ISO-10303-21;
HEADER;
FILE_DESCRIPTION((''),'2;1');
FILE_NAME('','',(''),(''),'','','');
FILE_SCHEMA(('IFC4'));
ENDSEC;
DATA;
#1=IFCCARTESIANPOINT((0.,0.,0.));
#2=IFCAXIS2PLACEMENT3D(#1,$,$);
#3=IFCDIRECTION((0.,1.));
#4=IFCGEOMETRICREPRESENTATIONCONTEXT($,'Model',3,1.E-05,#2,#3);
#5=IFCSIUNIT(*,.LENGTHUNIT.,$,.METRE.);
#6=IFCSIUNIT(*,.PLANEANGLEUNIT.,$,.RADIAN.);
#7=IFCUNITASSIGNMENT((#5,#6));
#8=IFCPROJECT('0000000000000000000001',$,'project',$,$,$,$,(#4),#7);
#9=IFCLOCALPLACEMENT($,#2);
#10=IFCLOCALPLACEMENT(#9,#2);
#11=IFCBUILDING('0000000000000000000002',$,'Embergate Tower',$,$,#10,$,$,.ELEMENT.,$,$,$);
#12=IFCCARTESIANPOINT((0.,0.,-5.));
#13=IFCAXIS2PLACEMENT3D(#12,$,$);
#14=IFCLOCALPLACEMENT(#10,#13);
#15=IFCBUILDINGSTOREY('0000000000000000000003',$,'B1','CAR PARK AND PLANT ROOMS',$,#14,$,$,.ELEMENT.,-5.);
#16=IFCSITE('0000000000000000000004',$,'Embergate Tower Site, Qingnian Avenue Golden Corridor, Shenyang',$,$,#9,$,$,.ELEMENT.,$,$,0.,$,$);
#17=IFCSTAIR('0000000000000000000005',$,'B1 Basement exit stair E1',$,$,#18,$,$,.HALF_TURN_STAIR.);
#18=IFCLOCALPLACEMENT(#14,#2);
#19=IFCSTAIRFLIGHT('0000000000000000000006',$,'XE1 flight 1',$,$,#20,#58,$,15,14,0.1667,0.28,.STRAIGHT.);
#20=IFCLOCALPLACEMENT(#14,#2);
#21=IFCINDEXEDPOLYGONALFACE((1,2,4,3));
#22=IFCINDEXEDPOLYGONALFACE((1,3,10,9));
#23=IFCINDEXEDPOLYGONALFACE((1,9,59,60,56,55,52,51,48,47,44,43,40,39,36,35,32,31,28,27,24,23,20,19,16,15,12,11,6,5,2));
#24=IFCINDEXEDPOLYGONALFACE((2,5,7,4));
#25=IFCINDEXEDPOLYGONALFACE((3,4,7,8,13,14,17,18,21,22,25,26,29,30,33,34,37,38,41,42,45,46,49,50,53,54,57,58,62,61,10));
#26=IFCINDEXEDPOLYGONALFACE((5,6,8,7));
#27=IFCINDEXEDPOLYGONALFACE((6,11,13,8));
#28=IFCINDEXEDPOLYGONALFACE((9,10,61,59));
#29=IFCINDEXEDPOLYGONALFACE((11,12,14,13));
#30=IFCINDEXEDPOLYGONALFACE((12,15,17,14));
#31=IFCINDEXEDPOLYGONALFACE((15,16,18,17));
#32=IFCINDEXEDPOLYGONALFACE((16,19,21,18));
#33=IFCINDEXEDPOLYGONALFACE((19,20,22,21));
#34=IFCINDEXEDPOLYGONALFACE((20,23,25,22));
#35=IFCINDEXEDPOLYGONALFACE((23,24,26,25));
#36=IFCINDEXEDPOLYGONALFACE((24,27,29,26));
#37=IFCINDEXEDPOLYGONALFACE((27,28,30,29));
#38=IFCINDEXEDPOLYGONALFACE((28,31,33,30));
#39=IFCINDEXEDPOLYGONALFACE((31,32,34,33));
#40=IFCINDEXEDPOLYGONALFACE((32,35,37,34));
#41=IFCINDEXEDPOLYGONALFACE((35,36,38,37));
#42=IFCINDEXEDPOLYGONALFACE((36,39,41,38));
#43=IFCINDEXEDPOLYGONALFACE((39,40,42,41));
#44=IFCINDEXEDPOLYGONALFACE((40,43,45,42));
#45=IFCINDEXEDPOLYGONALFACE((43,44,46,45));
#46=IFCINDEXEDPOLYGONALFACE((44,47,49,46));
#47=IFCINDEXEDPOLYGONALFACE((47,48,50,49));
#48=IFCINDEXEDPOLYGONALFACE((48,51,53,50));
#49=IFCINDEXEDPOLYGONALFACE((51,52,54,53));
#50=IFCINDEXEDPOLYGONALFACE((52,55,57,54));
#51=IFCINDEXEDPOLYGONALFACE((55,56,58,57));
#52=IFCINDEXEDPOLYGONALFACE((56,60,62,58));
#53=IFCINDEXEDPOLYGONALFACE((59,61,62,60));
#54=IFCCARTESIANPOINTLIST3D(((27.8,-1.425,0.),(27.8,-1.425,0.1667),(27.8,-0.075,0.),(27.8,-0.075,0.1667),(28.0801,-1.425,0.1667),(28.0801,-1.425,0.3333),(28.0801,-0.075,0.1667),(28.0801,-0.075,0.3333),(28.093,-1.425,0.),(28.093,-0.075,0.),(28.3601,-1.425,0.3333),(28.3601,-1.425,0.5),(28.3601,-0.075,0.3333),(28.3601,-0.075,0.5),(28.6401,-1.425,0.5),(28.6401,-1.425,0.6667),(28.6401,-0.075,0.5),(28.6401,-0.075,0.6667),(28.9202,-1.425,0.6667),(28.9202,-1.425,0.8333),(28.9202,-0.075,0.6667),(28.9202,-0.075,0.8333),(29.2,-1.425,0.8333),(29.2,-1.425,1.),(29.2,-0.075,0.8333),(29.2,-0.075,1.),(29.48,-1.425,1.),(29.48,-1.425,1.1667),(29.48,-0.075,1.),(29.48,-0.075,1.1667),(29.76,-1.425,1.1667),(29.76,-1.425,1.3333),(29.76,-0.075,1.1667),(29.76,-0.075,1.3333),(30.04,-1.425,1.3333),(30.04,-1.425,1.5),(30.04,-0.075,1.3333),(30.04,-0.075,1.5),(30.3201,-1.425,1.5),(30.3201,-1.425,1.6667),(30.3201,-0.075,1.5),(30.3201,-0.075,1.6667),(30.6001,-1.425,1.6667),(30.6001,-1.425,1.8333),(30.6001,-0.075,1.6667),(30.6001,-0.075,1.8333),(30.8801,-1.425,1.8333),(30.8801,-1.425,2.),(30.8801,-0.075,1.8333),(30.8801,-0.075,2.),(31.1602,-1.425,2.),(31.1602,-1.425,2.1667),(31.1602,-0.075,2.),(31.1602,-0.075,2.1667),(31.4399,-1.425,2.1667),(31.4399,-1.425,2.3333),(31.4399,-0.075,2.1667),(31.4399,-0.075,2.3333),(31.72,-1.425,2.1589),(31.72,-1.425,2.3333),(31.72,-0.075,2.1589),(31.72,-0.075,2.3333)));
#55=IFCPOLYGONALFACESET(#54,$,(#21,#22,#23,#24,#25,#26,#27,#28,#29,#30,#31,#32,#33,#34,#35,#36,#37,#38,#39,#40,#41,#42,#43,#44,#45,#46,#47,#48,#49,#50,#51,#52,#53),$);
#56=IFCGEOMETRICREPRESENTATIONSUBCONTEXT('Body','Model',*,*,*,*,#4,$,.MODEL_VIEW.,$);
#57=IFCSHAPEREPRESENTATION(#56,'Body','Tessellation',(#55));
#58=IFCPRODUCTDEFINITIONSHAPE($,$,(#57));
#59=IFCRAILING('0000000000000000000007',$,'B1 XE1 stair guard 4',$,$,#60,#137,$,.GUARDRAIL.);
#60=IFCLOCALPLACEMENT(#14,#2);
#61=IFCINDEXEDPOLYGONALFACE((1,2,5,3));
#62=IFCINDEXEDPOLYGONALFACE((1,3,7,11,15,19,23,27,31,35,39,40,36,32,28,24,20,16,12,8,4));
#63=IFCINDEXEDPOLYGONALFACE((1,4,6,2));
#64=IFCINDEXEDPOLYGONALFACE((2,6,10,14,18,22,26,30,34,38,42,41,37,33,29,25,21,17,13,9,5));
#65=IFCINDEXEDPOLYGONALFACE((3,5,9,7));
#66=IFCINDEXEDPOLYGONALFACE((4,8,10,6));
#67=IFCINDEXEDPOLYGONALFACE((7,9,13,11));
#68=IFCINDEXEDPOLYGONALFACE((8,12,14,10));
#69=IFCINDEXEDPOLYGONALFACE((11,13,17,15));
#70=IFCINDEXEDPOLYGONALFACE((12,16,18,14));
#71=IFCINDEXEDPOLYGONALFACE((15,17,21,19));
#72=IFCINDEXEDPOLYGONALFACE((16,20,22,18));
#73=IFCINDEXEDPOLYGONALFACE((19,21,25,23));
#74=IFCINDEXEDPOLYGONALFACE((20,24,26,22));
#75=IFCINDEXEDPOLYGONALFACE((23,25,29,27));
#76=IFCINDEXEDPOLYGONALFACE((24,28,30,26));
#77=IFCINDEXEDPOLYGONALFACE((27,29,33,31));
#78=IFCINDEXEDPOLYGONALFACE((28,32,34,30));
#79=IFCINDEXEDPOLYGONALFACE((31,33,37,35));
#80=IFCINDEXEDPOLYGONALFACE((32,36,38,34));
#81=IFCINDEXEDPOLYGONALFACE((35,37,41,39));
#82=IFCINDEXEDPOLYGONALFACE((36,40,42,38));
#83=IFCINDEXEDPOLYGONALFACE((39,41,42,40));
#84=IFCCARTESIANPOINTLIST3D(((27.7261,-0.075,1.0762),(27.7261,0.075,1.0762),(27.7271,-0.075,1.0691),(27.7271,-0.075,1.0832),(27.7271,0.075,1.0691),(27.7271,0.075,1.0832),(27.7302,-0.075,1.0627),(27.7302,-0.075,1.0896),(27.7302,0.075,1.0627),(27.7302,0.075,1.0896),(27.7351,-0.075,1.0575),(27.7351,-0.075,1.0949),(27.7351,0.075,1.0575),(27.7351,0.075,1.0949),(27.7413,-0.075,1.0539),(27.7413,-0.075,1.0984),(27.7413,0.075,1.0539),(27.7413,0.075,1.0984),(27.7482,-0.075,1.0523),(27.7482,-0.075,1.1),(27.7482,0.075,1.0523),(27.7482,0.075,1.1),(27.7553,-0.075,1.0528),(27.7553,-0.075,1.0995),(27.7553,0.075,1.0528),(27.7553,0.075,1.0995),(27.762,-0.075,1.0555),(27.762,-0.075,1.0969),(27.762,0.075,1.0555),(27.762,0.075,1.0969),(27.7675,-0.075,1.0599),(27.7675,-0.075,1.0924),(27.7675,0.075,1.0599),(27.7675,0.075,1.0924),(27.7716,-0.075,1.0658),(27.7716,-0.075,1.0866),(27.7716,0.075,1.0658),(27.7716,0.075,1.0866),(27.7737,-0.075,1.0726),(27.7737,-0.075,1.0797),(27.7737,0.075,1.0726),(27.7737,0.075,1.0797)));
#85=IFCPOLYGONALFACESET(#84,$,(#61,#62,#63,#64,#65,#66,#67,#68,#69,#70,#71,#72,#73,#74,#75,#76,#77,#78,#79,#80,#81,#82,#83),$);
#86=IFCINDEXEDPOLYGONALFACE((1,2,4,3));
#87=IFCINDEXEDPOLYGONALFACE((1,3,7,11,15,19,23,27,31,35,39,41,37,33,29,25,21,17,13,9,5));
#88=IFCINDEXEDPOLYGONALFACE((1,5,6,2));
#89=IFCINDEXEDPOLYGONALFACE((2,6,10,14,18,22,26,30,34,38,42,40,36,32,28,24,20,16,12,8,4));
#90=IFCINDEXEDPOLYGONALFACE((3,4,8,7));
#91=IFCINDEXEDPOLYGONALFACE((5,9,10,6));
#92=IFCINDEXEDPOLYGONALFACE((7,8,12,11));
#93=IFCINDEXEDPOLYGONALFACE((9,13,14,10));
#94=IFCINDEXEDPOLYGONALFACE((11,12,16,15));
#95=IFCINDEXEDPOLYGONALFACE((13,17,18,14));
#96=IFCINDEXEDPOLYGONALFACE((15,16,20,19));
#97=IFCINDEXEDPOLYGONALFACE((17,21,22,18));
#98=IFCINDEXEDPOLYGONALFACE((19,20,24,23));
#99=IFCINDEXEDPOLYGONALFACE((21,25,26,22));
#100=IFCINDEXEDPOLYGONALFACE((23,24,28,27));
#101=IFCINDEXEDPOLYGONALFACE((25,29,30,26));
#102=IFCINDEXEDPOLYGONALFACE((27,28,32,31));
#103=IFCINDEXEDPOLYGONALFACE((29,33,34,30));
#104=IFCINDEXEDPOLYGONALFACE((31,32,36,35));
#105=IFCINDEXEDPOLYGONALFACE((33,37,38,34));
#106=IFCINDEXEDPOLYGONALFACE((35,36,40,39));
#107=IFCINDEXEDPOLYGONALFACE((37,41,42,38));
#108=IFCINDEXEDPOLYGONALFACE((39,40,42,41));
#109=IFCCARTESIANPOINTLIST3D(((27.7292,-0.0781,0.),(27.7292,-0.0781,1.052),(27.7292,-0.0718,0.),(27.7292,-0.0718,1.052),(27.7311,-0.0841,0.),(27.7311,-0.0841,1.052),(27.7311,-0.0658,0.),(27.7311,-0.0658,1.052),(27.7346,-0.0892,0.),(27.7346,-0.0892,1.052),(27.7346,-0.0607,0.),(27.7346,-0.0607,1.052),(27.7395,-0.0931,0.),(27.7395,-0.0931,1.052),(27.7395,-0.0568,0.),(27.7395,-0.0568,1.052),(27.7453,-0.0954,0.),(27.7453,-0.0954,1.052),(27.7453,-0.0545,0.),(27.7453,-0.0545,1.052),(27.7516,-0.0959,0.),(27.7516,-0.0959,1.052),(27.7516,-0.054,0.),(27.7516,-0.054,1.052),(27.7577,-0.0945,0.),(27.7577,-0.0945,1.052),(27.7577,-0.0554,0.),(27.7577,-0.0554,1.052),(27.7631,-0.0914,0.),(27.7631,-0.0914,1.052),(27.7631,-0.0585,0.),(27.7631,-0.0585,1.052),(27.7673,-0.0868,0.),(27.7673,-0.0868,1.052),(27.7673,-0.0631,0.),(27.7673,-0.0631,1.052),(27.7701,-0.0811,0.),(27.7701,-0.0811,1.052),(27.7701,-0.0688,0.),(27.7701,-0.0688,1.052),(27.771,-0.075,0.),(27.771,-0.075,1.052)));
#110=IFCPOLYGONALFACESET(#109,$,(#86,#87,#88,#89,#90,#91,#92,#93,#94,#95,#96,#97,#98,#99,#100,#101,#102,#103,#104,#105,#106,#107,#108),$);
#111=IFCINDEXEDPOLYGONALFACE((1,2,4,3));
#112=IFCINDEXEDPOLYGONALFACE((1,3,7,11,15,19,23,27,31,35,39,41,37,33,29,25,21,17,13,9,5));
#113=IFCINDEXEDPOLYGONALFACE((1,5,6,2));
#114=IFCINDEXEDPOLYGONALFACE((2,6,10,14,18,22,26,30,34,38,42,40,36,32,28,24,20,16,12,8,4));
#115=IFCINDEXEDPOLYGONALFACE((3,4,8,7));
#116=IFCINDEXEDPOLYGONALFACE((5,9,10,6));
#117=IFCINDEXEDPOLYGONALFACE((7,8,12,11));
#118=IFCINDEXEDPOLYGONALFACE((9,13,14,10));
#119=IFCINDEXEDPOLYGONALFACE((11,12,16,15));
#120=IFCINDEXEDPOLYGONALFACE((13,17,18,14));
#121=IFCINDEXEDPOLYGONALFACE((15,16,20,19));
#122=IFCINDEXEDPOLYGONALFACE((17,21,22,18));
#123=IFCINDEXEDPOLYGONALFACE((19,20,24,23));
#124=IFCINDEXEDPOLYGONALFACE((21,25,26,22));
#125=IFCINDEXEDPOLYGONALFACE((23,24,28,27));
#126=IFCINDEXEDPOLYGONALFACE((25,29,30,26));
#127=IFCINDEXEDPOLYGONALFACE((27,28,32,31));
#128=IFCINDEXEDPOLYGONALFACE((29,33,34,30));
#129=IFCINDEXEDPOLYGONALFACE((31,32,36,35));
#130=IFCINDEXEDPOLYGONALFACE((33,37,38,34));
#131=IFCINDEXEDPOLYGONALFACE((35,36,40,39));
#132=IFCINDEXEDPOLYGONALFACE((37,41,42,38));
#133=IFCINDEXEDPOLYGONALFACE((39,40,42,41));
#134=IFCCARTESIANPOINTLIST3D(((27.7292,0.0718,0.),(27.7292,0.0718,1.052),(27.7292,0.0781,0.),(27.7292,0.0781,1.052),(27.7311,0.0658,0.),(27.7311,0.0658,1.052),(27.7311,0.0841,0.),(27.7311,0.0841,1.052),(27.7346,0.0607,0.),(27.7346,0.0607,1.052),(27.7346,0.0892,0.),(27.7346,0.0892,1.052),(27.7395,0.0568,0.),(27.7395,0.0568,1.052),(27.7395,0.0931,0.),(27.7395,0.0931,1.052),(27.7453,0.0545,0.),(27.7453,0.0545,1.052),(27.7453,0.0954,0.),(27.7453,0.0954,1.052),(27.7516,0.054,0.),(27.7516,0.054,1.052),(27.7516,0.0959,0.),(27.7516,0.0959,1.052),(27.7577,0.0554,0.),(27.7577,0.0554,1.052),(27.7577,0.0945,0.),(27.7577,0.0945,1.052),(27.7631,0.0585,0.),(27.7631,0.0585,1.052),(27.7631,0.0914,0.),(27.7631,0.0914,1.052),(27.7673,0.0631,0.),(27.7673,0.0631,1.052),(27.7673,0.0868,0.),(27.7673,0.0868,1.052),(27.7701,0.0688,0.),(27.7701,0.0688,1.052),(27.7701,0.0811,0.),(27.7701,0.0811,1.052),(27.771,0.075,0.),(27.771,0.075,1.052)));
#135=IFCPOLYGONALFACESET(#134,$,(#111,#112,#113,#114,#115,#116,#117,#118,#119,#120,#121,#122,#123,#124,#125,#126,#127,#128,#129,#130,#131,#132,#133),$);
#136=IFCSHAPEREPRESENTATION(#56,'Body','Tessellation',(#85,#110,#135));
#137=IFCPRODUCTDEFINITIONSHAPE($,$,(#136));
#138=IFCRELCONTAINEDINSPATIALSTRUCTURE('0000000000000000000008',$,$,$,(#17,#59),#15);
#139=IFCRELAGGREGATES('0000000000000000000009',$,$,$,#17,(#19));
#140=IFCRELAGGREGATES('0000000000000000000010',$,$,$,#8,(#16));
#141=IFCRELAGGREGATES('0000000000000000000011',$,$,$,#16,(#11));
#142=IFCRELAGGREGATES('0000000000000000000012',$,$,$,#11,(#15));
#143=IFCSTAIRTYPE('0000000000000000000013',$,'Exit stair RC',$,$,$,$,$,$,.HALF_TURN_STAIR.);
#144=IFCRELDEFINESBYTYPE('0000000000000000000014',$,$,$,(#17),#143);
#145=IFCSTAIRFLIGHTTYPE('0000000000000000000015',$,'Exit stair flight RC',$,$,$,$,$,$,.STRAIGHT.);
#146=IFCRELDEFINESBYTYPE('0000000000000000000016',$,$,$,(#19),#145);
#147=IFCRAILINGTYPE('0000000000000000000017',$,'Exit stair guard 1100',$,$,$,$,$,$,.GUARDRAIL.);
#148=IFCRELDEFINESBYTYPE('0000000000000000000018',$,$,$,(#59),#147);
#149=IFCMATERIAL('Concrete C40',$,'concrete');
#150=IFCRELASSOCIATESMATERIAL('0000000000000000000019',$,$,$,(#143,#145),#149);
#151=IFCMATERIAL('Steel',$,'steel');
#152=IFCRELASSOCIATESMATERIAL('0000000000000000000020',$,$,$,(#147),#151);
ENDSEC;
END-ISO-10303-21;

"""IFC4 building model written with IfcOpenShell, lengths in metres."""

from ifc_helpers import new_model, si_unit, direction, frame, origin, origin_2d, place, context, subcontext, project, spatial, polyline, circle, outline, extrude, source, transform, mapped, material, type_object, element, aggregate, save


model = new_model("IFC4")

# Units and contexts
model_context = context("Model", 3, precision=1e-05, world=origin(), true_north=direction((0.0, 1.0)))
body_context = subcontext(model_context, "Body", "Model", "MODEL_VIEW")
ifc_project = project(units=[si_unit("LENGTHUNIT", "METRE"), si_unit("PLANEANGLEUNIT", "RADIAN")], contexts=[model_context])

# Site, building, storey
site_placement = place(None, origin())
site = spatial("IfcSite", under=ifc_project, at=site_placement, Name="Embergate Tower Site, Qingnian Avenue Golden Corridor, Shenyang", CompositionType="ELEMENT", RefElevation=0.0)
building_placement = place(site_placement, origin())
building = spatial("IfcBuilding", under=site, at=building_placement, Name="Embergate Tower", CompositionType="ELEMENT")
storey_placement = place(building_placement, frame((0.0, 0.0, -5.0)))
storey = spatial("IfcBuildingStorey", under=building, at=storey_placement, Name="B1", Description="CAR PARK AND PLANT ROOMS", CompositionType="ELEMENT", Elevation=-5.0)

# Shared definitions
ifc_material_1 = material(Name="Concrete C40", Category="concrete")

# Stair, stair flight
stair_type = type_object("IfcStairType", Name="Exit stair RC", PredefinedType="HALF_TURN_STAIR", material=ifc_material_1)
stair_placement = place(storey_placement, origin())
stair = element("IfcStair", 1, at=stair_placement, inside=storey, type_object=stair_type, Name="B1 Basement exit stair E1", PredefinedType="HALF_TURN_STAIR")
stair_flight_type = type_object("IfcStairFlightType", Name="Exit stair flight RC", PredefinedType="STRAIGHT", material=ifc_material_1)
shared_shape_1 = source(origin(), body_context, "Body", "SweptSolid", [
    extrude(outline(polyline([(0.0, 0.0), (0.0, 0.1667), (0.28, 0.1667), (0.28, 0.3333), (0.5601, 0.3333), (0.5601, 0.5), (0.8401, 0.5), (0.8401, 0.6667), (1.1201, 0.6667), (1.1201, 0.8333), (1.3999, 0.8333), (1.3999, 1.0), (1.6799, 1.0), (1.6799, 1.1667), (1.96, 1.1667), (1.96, 1.3333), (2.24, 1.3333), (2.24, 1.5), (2.52, 1.5), (2.52, 1.6667), (2.8, 1.6667), (2.8, 1.8333), (3.0801, 1.8333), (3.0801, 2.0), (3.3601, 2.0), (3.3601, 2.1667), (3.6399, 2.1667), (3.6399, 2.3333), (3.9199, 2.3333), (3.9199, 2.5), (3.9199, 2.1589), (0.293, 0.0), (0.0, 0.0)])), frame((0.0, 0.675, 0.0), z_axis=(0.0, -1.0, 0.0), x_axis=(1.0, 0.0, 0.0)), (0.0, 0.0, 1.0), 1.3501),
])
stair_flight_placement = place(storey_placement, frame((27.8, -0.75, 0.0), z_axis=(0.0, 0.0, 1.0), x_axis=(1.0, 0.0, 0.0)))
stair_flight = element("IfcStairFlight", 2, at=stair_flight_placement, type_object=stair_flight_type, Name="XE1 flight 1", NumberOfRisers=15, NumberOfTreads=14, PredefinedType="STRAIGHT", RiserHeight=0.1667, TreadLength=0.28, context=body_context, shape_type="MappedRepresentation", body=[
    mapped(shared_shape_1, transform((0.0, 0.0, 0.0))),
])
aggregate(stair, [stair_flight])

# Railing
ifc_material_2 = material(Name="Steel", Category="steel")
railing_type_1 = type_object("IfcRailingType", Name="Exit stair guard 1100", PredefinedType="GUARDRAIL", material=ifc_material_2)
shared_shape_2 = source(origin(), body_context, "Body", "SweptSolid", [
    extrude(circle(Radius=0.0239, at=origin_2d()), frame((0.0, 0.0, 1.0762), z_axis=(0.0, 1.0, 0.0), x_axis=(-1.0, 0.0, 0.0)), (0.0, 0.0, 1.0), 0.1499),
    extrude(circle(Radius=0.021, at=origin_2d()), origin(), (0.0, 0.0, 1.0), 1.052),
    extrude(circle(Radius=0.021, at=origin_2d()), frame((0.0, 0.1499, 0.0)), (0.0, 0.0, 1.0), 1.052),
])
railing_1_placement = place(storey_placement, frame((27.75, -0.075, 0.0)))
element("IfcRailing", 3, at=railing_1_placement, inside=storey, type_object=railing_type_1, Name="B1 XE1 stair guard 4", PredefinedType="GUARDRAIL", context=body_context, shape_type="MappedRepresentation", body=[
    mapped(shared_shape_2, transform((0.0, 0.0, 0.0))),
])

save(model, "model.ifc")
